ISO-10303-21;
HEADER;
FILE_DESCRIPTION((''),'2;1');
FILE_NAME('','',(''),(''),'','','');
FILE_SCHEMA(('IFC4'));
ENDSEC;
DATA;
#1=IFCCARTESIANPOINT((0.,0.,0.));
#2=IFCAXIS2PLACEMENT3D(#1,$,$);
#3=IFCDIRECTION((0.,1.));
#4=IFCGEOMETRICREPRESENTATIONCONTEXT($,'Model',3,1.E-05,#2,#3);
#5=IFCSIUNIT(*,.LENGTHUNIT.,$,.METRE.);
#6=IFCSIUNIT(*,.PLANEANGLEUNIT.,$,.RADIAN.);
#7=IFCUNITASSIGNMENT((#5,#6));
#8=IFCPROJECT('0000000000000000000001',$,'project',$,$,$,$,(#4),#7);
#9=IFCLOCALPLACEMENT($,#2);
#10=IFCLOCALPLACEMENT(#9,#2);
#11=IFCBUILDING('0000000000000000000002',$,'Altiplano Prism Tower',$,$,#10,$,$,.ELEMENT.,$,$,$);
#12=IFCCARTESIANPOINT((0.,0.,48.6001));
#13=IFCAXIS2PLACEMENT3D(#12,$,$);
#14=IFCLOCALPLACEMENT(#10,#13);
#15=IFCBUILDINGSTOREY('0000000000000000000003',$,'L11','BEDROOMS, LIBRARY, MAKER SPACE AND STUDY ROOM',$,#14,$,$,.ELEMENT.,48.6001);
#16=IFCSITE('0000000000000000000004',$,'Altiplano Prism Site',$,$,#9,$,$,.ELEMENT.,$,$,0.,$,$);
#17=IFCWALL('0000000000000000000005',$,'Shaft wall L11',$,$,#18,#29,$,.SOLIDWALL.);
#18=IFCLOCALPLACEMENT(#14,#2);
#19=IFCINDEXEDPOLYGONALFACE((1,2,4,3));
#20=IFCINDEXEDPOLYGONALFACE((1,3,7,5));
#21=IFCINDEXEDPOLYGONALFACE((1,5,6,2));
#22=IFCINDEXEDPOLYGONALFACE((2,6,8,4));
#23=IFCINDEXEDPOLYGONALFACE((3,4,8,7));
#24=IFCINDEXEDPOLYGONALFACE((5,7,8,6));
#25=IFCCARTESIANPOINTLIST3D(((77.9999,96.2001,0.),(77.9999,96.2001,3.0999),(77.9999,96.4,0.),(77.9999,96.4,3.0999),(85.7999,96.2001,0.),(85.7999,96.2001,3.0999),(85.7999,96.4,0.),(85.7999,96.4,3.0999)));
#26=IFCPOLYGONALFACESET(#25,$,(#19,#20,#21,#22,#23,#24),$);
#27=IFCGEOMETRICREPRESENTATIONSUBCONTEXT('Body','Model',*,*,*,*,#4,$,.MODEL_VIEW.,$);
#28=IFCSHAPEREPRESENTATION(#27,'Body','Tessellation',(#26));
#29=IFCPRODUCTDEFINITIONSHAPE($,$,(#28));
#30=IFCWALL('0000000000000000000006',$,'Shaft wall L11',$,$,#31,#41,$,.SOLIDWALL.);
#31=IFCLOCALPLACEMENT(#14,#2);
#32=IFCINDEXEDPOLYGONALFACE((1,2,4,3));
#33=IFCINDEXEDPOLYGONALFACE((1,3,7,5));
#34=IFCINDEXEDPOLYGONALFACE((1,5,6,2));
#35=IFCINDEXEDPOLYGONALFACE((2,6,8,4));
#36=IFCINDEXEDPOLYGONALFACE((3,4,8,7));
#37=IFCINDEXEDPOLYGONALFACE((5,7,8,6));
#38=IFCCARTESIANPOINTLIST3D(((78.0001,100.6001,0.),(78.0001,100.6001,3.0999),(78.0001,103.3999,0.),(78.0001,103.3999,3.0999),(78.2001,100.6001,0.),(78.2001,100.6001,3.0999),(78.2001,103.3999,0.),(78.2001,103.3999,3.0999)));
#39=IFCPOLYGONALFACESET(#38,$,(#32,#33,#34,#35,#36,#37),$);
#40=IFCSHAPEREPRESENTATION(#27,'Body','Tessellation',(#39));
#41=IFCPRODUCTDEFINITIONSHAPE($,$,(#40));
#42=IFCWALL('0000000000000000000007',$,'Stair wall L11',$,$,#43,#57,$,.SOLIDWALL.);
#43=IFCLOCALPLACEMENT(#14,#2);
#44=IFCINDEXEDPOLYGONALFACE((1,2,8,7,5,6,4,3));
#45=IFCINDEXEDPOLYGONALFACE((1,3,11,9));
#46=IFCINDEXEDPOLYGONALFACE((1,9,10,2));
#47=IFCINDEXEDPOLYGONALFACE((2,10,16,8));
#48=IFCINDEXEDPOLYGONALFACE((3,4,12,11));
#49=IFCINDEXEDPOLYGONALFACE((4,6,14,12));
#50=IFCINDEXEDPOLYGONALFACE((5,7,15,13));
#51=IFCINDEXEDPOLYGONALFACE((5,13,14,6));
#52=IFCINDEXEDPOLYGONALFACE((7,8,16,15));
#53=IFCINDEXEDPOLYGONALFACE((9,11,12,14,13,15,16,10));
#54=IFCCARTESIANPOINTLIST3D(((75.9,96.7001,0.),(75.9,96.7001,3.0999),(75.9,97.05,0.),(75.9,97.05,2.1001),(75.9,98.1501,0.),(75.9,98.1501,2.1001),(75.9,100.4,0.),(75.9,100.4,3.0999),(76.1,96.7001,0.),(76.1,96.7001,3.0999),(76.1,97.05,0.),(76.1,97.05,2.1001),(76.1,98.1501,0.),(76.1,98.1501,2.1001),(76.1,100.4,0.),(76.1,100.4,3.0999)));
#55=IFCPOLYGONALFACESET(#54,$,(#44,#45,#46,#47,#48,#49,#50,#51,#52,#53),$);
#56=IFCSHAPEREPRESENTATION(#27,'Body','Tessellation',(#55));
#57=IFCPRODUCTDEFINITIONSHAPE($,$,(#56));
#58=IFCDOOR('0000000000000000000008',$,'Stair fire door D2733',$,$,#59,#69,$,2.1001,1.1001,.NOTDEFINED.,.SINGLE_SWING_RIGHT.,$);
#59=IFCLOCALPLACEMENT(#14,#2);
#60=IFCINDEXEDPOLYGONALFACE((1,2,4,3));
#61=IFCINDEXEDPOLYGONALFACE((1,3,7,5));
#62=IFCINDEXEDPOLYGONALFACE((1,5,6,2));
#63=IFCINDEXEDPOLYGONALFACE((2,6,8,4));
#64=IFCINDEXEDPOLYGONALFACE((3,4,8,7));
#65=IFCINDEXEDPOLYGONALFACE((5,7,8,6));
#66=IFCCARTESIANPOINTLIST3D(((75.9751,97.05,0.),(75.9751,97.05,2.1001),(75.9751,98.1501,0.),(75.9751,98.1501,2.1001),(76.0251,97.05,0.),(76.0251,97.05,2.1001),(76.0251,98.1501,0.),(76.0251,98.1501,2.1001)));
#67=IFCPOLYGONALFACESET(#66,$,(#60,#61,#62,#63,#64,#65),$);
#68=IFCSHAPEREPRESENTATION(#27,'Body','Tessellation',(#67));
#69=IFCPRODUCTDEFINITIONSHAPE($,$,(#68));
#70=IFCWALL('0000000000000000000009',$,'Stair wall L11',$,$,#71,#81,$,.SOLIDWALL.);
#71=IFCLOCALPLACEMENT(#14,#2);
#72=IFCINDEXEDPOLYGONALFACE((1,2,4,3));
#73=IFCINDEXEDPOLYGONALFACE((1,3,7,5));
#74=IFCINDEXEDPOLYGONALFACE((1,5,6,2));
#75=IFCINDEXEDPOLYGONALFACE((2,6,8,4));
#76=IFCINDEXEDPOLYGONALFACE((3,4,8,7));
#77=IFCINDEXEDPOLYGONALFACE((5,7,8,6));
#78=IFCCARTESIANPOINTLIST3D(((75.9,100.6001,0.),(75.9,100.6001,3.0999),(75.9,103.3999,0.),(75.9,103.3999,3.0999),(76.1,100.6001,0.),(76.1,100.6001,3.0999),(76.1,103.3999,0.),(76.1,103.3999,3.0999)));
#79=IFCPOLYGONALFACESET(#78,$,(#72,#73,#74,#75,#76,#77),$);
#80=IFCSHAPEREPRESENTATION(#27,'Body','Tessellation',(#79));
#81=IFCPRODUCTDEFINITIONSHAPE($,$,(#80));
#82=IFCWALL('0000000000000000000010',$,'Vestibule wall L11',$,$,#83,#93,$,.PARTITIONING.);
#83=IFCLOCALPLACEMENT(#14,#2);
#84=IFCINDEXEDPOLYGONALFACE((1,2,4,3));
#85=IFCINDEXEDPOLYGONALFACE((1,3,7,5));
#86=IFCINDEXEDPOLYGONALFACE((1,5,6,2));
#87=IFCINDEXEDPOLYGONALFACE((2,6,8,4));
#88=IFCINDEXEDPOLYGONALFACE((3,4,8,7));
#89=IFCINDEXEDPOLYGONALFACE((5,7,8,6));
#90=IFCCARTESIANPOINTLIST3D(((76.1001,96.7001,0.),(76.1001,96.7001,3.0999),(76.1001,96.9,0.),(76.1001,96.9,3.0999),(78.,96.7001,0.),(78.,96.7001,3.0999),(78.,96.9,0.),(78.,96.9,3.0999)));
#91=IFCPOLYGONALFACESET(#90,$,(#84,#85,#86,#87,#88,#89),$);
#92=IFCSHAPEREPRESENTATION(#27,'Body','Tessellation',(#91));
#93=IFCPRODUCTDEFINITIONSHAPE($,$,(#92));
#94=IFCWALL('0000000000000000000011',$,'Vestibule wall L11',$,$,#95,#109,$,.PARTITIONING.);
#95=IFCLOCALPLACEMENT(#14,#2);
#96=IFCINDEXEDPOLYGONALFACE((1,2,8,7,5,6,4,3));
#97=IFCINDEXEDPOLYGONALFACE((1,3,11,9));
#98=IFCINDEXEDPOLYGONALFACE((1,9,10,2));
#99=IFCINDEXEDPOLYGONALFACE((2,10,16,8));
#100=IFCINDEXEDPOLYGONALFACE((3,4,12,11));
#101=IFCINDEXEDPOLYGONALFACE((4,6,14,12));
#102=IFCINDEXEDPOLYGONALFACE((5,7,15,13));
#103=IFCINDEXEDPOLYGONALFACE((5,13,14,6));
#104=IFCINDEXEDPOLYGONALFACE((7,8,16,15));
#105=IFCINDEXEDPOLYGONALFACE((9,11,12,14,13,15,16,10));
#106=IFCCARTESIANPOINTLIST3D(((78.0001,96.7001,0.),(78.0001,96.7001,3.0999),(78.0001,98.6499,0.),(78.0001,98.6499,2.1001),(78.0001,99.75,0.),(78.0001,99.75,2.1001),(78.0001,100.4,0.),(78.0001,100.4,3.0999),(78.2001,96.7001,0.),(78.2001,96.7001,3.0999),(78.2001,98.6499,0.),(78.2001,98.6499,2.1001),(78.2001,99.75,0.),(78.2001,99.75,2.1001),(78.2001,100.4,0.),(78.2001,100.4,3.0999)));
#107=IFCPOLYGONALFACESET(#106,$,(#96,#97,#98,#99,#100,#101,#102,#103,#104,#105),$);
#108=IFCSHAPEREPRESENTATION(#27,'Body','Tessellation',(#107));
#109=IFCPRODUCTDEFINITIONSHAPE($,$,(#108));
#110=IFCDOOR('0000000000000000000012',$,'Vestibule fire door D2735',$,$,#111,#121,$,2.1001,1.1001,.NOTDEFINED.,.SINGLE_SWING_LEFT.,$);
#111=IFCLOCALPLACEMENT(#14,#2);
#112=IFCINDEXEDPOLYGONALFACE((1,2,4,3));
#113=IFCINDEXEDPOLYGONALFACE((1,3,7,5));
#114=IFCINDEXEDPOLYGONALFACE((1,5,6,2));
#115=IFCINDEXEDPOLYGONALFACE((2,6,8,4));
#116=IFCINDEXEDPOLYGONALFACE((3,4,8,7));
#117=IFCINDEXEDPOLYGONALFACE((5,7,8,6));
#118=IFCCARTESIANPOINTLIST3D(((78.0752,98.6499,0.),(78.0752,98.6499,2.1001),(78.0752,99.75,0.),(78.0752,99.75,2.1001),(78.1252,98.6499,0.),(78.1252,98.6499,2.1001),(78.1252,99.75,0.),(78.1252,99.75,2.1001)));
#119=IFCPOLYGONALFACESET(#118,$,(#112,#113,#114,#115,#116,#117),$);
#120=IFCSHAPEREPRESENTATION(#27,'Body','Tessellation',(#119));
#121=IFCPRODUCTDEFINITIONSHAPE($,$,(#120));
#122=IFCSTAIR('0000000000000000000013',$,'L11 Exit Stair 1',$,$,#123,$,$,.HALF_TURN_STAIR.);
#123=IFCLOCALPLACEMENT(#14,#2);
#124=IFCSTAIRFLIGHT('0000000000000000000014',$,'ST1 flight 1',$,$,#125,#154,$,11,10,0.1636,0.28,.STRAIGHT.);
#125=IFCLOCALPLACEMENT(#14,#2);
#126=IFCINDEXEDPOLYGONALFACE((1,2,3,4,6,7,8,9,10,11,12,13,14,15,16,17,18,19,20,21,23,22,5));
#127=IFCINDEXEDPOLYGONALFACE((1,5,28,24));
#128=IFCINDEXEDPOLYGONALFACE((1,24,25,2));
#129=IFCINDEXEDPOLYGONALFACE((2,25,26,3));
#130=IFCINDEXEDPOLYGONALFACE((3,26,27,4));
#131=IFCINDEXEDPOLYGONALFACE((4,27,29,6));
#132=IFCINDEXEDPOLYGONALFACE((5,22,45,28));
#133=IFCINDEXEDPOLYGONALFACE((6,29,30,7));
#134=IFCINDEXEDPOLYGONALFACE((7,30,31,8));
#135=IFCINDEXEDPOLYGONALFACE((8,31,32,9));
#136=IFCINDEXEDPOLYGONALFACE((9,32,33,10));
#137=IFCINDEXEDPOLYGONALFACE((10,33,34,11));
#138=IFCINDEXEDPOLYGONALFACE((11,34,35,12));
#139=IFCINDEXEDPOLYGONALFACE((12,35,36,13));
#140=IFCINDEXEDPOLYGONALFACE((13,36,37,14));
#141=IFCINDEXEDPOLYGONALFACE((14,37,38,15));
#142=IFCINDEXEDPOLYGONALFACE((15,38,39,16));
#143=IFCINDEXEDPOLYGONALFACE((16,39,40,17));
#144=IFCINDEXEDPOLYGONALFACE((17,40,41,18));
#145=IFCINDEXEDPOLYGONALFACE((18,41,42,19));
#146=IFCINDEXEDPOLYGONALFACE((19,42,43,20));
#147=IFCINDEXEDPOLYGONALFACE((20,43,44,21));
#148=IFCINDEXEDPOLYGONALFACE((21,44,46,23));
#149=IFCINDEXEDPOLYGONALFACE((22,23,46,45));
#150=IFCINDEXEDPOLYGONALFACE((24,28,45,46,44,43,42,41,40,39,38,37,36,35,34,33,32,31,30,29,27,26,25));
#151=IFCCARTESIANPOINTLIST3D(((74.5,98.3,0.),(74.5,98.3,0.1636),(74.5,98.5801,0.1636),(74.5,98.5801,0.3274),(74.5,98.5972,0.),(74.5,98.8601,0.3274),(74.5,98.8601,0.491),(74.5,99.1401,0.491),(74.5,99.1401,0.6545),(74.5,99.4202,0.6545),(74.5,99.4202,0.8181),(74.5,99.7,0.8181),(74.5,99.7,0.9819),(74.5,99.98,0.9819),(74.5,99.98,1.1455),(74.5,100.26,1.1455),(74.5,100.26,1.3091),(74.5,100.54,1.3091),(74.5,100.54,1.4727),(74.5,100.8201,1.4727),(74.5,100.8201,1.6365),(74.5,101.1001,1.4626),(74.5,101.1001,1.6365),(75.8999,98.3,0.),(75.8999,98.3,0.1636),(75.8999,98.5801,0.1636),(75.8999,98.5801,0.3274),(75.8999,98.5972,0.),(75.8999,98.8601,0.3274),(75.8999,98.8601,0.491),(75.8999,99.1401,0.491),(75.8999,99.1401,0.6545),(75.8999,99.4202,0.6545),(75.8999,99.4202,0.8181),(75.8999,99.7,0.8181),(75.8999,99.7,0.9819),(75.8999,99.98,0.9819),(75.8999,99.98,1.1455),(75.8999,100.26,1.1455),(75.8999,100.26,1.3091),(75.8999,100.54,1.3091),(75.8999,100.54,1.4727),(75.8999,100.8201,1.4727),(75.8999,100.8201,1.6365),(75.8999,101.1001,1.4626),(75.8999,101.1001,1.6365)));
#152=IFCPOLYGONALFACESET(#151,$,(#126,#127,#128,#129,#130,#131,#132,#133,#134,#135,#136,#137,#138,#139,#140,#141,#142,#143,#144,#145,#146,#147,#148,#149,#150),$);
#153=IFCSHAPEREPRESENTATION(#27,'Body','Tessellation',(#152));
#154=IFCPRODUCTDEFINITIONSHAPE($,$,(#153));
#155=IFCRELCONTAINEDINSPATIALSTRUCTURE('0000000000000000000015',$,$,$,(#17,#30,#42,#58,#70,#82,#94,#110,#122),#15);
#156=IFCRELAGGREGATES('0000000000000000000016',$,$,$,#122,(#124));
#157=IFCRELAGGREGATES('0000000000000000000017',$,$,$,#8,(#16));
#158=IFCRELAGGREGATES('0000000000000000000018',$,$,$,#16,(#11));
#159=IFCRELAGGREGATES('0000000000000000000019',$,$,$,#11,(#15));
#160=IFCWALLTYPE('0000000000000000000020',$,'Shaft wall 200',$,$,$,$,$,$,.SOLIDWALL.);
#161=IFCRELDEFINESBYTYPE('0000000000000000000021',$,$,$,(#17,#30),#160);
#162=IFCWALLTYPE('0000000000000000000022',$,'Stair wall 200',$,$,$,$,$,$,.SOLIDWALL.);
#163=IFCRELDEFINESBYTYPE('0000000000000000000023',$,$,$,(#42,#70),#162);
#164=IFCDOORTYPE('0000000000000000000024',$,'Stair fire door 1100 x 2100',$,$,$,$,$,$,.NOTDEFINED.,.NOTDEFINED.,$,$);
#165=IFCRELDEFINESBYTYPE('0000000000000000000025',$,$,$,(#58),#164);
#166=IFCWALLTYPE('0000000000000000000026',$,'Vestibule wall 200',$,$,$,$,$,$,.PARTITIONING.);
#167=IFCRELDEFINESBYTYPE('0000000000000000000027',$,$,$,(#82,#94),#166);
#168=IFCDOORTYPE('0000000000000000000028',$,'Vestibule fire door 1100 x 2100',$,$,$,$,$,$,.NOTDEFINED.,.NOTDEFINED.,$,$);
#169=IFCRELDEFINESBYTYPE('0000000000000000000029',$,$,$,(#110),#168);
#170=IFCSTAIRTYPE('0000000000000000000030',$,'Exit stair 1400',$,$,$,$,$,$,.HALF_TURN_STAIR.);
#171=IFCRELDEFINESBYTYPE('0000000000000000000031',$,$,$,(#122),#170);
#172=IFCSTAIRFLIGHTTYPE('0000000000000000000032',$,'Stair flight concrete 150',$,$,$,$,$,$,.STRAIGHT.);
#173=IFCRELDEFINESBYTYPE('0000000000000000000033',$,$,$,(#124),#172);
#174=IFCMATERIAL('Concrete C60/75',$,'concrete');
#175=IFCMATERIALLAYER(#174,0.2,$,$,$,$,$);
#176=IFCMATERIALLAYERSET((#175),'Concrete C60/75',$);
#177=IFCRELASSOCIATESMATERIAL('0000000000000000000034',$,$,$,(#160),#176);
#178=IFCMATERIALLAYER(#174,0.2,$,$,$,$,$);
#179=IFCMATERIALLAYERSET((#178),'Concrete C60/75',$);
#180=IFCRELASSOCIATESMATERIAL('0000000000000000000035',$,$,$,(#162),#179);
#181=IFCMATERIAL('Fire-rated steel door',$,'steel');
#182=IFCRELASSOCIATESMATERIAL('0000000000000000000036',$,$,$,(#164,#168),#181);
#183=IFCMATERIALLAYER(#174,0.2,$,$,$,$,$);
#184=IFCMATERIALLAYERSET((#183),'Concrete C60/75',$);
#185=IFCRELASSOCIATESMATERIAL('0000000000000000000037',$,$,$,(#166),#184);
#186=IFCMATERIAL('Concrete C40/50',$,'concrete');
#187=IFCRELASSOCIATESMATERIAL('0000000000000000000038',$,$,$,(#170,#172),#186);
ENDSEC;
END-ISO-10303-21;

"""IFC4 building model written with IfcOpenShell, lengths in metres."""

from ifc_helpers import new_model, si_unit, direction, frame, frame_2d, origin, place, context, subcontext, project, spatial, polyline, rectangle, outline, extrude, material, layer, layer_set, type_object, element, fill, aggregate, save


model = new_model("IFC4")

# Units and contexts
model_context = context("Model", 3, precision=1e-05, world=origin(), true_north=direction((0.0, 1.0)))
body_context = subcontext(model_context, "Body", "Model", "MODEL_VIEW")
ifc_project = project(units=[si_unit("LENGTHUNIT", "METRE"), si_unit("PLANEANGLEUNIT", "RADIAN")], contexts=[model_context])

# Site, building, storey
site_placement = place(None, origin())
site = spatial("IfcSite", under=ifc_project, at=site_placement, Name="Altiplano Prism Site", CompositionType="ELEMENT", RefElevation=0.0)
building_placement = place(site_placement, origin())
building = spatial("IfcBuilding", under=site, at=building_placement, Name="Altiplano Prism Tower", CompositionType="ELEMENT")
storey_placement = place(building_placement, frame((0.0, 0.0, 48.6001)))
storey = spatial("IfcBuildingStorey", under=building, at=storey_placement, Name="L11", Description="BEDROOMS, LIBRARY, MAKER SPACE AND STUDY ROOM", CompositionType="ELEMENT", Elevation=48.6001)

# Walls
ifc_material_1 = material(Name="Concrete C60/75", Category="concrete")
ifc_layer_1 = layer(ifc_material_1, 0.2)
ifc_layer_set_1 = layer_set([ifc_layer_1], Name="Concrete C60/75")
wall_type_1 = type_object("IfcWallType", Name="Shaft wall 200", PredefinedType="SOLIDWALL", material=ifc_layer_set_1)
wall_1_placement = place(storey_placement, frame((78.0, 96.3, 0.0), z_axis=(0.0, 0.0, 1.0), x_axis=(1.0, 0.0, 0.0)))
element("IfcWall", 1, at=wall_1_placement, inside=storey, type_object=wall_type_1, Name="Shaft wall L11", PredefinedType="SOLIDWALL", context=body_context, shape_type="SweptSolid", body=[
    extrude(rectangle(XDim=7.8, YDim=0.2, at=frame_2d((3.8999, 0.0))), origin(), (0.0, 0.0, 1.0), 3.0999),
])
wall_2_placement = place(storey_placement, frame((78.1001, 100.6001, 0.0), z_axis=(0.0, 0.0, 1.0), x_axis=(0.0, 1.0, 0.0)))
element("IfcWall", 2, at=wall_2_placement, inside=storey, type_object=wall_type_1, Name="Shaft wall L11", PredefinedType="SOLIDWALL", context=body_context, shape_type="SweptSolid", body=[
    extrude(rectangle(XDim=2.7998, YDim=0.2, at=frame_2d((1.3999, 0.0))), origin(), (0.0, 0.0, 1.0), 3.0999),
])

# Wall, opening, door
ifc_layer_2 = layer(ifc_material_1, 0.2)
ifc_layer_set_2 = layer_set([ifc_layer_2], Name="Concrete C60/75")
wall_type_2 = type_object("IfcWallType", Name="Stair wall 200", PredefinedType="SOLIDWALL", material=ifc_layer_set_2)
wall_3_placement = place(storey_placement, frame((76.0, 96.7, 0.0), z_axis=(0.0, 0.0, 1.0), x_axis=(0.0, 1.0, 0.0)))
wall_3 = element("IfcWall", 3, at=wall_3_placement, inside=storey, type_object=wall_type_2, Name="Stair wall L11", PredefinedType="SOLIDWALL", context=body_context, shape_type="SweptSolid", body=[
    extrude(rectangle(XDim=3.7, YDim=0.2, at=frame_2d((1.8501, 0.0))), origin(), (0.0, 0.0, 1.0), 3.0999),
])
opening_1_placement = place(wall_3_placement, frame((0.3501, 0.0, 0.0)))
opening_1 = element("IfcOpeningElement", 4, at=opening_1_placement, cuts=wall_3, PredefinedType="OPENING", context=body_context, shape_type="SweptSolid", body=[
    extrude(rectangle(XDim=1.1001, YDim=2.1001, at=frame_2d((0.55, 1.05))), frame((0.0, 0.1104, 0.0), z_axis=(0.0, -1.0, 0.0), x_axis=(1.0, 0.0, 0.0)), (0.0, 0.0, 1.0), 0.2209),
])
ifc_material_2 = material(Name="Fire-rated steel door", Category="steel")
door_type_1 = type_object("IfcDoorType", Name="Stair fire door 1100 x 2100", OperationType="NOTDEFINED", PredefinedType="NOTDEFINED", material=ifc_material_2)
door_1_placement = place(opening_1_placement, origin())
door_1 = element("IfcDoor", 5, at=door_1_placement, inside=storey, type_object=door_type_1, Name="Stair fire door D2733", OperationType="SINGLE_SWING_RIGHT", OverallHeight=2.1001, OverallWidth=1.1001, PredefinedType="NOTDEFINED", context=body_context, shape_type="SweptSolid", body=[
    extrude(rectangle(XDim=1.1001, YDim=2.1001, at=frame_2d((0.55, 1.05))), frame((0.0, 0.0249, 0.0), z_axis=(0.0, -1.0, 0.0), x_axis=(1.0, 0.0, 0.0)), (0.0, 0.0, 1.0), 0.05),
])
fill(opening_1, door_1)

# Walls
wall_4_placement = place(storey_placement, frame((76.0, 100.6001, 0.0), z_axis=(0.0, 0.0, 1.0), x_axis=(0.0, 1.0, 0.0)))
element("IfcWall", 6, at=wall_4_placement, inside=storey, type_object=wall_type_2, Name="Stair wall L11", PredefinedType="SOLIDWALL", context=body_context, shape_type="SweptSolid", body=[
    extrude(rectangle(XDim=2.7998, YDim=0.2, at=frame_2d((1.3999, 0.0))), origin(), (0.0, 0.0, 1.0), 3.0999),
])
ifc_layer_3 = layer(ifc_material_1, 0.2)
ifc_layer_set_3 = layer_set([ifc_layer_3], Name="Concrete C60/75")
wall_type_3 = type_object("IfcWallType", Name="Vestibule wall 200", PredefinedType="PARTITIONING", material=ifc_layer_set_3)
wall_5_placement = place(storey_placement, frame((76.1001, 96.8, 0.0), z_axis=(0.0, 0.0, 1.0), x_axis=(1.0, 0.0, 0.0)))
element("IfcWall", 7, at=wall_5_placement, inside=storey, type_object=wall_type_3, Name="Vestibule wall L11", PredefinedType="PARTITIONING", context=body_context, shape_type="SweptSolid", body=[
    extrude(rectangle(XDim=1.8999, YDim=0.2, at=frame_2d((0.95, 0.0))), origin(), (0.0, 0.0, 1.0), 3.0999),
])

# Wall, opening, door
wall_6_placement = place(storey_placement, frame((78.1001, 96.7, 0.0), z_axis=(0.0, 0.0, 1.0), x_axis=(0.0, 1.0, 0.0)))
wall_6 = element("IfcWall", 8, at=wall_6_placement, inside=storey, type_object=wall_type_3, Name="Vestibule wall L11", PredefinedType="PARTITIONING", context=body_context, shape_type="SweptSolid", body=[
    extrude(rectangle(XDim=3.7, YDim=0.2, at=frame_2d((1.8501, 0.0))), origin(), (0.0, 0.0, 1.0), 3.0999),
])
opening_2_placement = place(wall_6_placement, frame((1.95, 0.0, 0.0)))
opening_2 = element("IfcOpeningElement", 9, at=opening_2_placement, cuts=wall_6, PredefinedType="OPENING", context=body_context, shape_type="SweptSolid", body=[
    extrude(rectangle(XDim=1.1001, YDim=2.1001, at=frame_2d((0.55, 1.05))), frame((0.0, 0.1104, 0.0), z_axis=(0.0, -1.0, 0.0), x_axis=(1.0, 0.0, 0.0)), (0.0, 0.0, 1.0), 0.2209),
])
door_type_2 = type_object("IfcDoorType", Name="Vestibule fire door 1100 x 2100", OperationType="NOTDEFINED", PredefinedType="NOTDEFINED", material=ifc_material_2)
door_2_placement = place(opening_2_placement, origin())
door_2 = element("IfcDoor", 10, at=door_2_placement, inside=storey, type_object=door_type_2, Name="Vestibule fire door D2735", OperationType="SINGLE_SWING_LEFT", OverallHeight=2.1001, OverallWidth=1.1001, PredefinedType="NOTDEFINED", context=body_context, shape_type="SweptSolid", body=[
    extrude(rectangle(XDim=1.1001, YDim=2.1001, at=frame_2d((0.55, 1.05))), frame((0.0, 0.0249, 0.0), z_axis=(0.0, -1.0, 0.0), x_axis=(1.0, 0.0, 0.0)), (0.0, 0.0, 1.0), 0.05),
])
fill(opening_2, door_2)

# Stair, stair flight
ifc_material_3 = material(Name="Concrete C40/50", Category="concrete")
stair_type = type_object("IfcStairType", Name="Exit stair 1400", PredefinedType="HALF_TURN_STAIR", material=ifc_material_3)
stair_placement = place(storey_placement, origin())
stair = element("IfcStair", 11, at=stair_placement, inside=storey, type_object=stair_type, Name="L11 Exit Stair 1", PredefinedType="HALF_TURN_STAIR")
stair_flight_type = type_object("IfcStairFlightType", Name="Stair flight concrete 150", PredefinedType="STRAIGHT", material=ifc_material_3)
stair_flight_1_placement = place(storey_placement, frame((75.2, 98.3, 0.0), z_axis=(0.0, 0.0, 1.0), x_axis=(0.0, 1.0, 0.0)))
stair_flight_1 = element("IfcStairFlight", 12, at=stair_flight_1_placement, type_object=stair_flight_type, Name="ST1 flight 1", NumberOfRisers=11, NumberOfTreads=10, PredefinedType="STRAIGHT", RiserHeight=0.1636, TreadLength=0.28, context=body_context, shape_type="SweptSolid", body=[
    extrude(outline(polyline([(0.0, 0.0), (0.0, 0.1636), (0.28, 0.1636), (0.28, 0.3274), (0.5601, 0.3274), (0.5601, 0.491), (0.8401, 0.491), (0.8401, 0.6545), (1.1201, 0.6545), (1.1201, 0.8181), (1.3999, 0.8181), (1.3999, 0.9819), (1.6799, 0.9819), (1.6799, 1.1455), (1.96, 1.1455), (1.96, 1.3091), (2.24, 1.3091), (2.24, 1.4727), (2.52, 1.4727), (2.52, 1.6365), (2.8, 1.6365), (2.8, 1.8), (2.8, 1.4626), (0.2971, 0.0), (0.0, 0.0)])), frame((0.0, 0.7, 0.0), z_axis=(0.0, -1.0, 0.0), x_axis=(1.0, 0.0, 0.0)), (0.0, 0.0, 1.0), 1.3999),
])
aggregate(stair, [stair_flight_1])

save(model, "model.ifc")
